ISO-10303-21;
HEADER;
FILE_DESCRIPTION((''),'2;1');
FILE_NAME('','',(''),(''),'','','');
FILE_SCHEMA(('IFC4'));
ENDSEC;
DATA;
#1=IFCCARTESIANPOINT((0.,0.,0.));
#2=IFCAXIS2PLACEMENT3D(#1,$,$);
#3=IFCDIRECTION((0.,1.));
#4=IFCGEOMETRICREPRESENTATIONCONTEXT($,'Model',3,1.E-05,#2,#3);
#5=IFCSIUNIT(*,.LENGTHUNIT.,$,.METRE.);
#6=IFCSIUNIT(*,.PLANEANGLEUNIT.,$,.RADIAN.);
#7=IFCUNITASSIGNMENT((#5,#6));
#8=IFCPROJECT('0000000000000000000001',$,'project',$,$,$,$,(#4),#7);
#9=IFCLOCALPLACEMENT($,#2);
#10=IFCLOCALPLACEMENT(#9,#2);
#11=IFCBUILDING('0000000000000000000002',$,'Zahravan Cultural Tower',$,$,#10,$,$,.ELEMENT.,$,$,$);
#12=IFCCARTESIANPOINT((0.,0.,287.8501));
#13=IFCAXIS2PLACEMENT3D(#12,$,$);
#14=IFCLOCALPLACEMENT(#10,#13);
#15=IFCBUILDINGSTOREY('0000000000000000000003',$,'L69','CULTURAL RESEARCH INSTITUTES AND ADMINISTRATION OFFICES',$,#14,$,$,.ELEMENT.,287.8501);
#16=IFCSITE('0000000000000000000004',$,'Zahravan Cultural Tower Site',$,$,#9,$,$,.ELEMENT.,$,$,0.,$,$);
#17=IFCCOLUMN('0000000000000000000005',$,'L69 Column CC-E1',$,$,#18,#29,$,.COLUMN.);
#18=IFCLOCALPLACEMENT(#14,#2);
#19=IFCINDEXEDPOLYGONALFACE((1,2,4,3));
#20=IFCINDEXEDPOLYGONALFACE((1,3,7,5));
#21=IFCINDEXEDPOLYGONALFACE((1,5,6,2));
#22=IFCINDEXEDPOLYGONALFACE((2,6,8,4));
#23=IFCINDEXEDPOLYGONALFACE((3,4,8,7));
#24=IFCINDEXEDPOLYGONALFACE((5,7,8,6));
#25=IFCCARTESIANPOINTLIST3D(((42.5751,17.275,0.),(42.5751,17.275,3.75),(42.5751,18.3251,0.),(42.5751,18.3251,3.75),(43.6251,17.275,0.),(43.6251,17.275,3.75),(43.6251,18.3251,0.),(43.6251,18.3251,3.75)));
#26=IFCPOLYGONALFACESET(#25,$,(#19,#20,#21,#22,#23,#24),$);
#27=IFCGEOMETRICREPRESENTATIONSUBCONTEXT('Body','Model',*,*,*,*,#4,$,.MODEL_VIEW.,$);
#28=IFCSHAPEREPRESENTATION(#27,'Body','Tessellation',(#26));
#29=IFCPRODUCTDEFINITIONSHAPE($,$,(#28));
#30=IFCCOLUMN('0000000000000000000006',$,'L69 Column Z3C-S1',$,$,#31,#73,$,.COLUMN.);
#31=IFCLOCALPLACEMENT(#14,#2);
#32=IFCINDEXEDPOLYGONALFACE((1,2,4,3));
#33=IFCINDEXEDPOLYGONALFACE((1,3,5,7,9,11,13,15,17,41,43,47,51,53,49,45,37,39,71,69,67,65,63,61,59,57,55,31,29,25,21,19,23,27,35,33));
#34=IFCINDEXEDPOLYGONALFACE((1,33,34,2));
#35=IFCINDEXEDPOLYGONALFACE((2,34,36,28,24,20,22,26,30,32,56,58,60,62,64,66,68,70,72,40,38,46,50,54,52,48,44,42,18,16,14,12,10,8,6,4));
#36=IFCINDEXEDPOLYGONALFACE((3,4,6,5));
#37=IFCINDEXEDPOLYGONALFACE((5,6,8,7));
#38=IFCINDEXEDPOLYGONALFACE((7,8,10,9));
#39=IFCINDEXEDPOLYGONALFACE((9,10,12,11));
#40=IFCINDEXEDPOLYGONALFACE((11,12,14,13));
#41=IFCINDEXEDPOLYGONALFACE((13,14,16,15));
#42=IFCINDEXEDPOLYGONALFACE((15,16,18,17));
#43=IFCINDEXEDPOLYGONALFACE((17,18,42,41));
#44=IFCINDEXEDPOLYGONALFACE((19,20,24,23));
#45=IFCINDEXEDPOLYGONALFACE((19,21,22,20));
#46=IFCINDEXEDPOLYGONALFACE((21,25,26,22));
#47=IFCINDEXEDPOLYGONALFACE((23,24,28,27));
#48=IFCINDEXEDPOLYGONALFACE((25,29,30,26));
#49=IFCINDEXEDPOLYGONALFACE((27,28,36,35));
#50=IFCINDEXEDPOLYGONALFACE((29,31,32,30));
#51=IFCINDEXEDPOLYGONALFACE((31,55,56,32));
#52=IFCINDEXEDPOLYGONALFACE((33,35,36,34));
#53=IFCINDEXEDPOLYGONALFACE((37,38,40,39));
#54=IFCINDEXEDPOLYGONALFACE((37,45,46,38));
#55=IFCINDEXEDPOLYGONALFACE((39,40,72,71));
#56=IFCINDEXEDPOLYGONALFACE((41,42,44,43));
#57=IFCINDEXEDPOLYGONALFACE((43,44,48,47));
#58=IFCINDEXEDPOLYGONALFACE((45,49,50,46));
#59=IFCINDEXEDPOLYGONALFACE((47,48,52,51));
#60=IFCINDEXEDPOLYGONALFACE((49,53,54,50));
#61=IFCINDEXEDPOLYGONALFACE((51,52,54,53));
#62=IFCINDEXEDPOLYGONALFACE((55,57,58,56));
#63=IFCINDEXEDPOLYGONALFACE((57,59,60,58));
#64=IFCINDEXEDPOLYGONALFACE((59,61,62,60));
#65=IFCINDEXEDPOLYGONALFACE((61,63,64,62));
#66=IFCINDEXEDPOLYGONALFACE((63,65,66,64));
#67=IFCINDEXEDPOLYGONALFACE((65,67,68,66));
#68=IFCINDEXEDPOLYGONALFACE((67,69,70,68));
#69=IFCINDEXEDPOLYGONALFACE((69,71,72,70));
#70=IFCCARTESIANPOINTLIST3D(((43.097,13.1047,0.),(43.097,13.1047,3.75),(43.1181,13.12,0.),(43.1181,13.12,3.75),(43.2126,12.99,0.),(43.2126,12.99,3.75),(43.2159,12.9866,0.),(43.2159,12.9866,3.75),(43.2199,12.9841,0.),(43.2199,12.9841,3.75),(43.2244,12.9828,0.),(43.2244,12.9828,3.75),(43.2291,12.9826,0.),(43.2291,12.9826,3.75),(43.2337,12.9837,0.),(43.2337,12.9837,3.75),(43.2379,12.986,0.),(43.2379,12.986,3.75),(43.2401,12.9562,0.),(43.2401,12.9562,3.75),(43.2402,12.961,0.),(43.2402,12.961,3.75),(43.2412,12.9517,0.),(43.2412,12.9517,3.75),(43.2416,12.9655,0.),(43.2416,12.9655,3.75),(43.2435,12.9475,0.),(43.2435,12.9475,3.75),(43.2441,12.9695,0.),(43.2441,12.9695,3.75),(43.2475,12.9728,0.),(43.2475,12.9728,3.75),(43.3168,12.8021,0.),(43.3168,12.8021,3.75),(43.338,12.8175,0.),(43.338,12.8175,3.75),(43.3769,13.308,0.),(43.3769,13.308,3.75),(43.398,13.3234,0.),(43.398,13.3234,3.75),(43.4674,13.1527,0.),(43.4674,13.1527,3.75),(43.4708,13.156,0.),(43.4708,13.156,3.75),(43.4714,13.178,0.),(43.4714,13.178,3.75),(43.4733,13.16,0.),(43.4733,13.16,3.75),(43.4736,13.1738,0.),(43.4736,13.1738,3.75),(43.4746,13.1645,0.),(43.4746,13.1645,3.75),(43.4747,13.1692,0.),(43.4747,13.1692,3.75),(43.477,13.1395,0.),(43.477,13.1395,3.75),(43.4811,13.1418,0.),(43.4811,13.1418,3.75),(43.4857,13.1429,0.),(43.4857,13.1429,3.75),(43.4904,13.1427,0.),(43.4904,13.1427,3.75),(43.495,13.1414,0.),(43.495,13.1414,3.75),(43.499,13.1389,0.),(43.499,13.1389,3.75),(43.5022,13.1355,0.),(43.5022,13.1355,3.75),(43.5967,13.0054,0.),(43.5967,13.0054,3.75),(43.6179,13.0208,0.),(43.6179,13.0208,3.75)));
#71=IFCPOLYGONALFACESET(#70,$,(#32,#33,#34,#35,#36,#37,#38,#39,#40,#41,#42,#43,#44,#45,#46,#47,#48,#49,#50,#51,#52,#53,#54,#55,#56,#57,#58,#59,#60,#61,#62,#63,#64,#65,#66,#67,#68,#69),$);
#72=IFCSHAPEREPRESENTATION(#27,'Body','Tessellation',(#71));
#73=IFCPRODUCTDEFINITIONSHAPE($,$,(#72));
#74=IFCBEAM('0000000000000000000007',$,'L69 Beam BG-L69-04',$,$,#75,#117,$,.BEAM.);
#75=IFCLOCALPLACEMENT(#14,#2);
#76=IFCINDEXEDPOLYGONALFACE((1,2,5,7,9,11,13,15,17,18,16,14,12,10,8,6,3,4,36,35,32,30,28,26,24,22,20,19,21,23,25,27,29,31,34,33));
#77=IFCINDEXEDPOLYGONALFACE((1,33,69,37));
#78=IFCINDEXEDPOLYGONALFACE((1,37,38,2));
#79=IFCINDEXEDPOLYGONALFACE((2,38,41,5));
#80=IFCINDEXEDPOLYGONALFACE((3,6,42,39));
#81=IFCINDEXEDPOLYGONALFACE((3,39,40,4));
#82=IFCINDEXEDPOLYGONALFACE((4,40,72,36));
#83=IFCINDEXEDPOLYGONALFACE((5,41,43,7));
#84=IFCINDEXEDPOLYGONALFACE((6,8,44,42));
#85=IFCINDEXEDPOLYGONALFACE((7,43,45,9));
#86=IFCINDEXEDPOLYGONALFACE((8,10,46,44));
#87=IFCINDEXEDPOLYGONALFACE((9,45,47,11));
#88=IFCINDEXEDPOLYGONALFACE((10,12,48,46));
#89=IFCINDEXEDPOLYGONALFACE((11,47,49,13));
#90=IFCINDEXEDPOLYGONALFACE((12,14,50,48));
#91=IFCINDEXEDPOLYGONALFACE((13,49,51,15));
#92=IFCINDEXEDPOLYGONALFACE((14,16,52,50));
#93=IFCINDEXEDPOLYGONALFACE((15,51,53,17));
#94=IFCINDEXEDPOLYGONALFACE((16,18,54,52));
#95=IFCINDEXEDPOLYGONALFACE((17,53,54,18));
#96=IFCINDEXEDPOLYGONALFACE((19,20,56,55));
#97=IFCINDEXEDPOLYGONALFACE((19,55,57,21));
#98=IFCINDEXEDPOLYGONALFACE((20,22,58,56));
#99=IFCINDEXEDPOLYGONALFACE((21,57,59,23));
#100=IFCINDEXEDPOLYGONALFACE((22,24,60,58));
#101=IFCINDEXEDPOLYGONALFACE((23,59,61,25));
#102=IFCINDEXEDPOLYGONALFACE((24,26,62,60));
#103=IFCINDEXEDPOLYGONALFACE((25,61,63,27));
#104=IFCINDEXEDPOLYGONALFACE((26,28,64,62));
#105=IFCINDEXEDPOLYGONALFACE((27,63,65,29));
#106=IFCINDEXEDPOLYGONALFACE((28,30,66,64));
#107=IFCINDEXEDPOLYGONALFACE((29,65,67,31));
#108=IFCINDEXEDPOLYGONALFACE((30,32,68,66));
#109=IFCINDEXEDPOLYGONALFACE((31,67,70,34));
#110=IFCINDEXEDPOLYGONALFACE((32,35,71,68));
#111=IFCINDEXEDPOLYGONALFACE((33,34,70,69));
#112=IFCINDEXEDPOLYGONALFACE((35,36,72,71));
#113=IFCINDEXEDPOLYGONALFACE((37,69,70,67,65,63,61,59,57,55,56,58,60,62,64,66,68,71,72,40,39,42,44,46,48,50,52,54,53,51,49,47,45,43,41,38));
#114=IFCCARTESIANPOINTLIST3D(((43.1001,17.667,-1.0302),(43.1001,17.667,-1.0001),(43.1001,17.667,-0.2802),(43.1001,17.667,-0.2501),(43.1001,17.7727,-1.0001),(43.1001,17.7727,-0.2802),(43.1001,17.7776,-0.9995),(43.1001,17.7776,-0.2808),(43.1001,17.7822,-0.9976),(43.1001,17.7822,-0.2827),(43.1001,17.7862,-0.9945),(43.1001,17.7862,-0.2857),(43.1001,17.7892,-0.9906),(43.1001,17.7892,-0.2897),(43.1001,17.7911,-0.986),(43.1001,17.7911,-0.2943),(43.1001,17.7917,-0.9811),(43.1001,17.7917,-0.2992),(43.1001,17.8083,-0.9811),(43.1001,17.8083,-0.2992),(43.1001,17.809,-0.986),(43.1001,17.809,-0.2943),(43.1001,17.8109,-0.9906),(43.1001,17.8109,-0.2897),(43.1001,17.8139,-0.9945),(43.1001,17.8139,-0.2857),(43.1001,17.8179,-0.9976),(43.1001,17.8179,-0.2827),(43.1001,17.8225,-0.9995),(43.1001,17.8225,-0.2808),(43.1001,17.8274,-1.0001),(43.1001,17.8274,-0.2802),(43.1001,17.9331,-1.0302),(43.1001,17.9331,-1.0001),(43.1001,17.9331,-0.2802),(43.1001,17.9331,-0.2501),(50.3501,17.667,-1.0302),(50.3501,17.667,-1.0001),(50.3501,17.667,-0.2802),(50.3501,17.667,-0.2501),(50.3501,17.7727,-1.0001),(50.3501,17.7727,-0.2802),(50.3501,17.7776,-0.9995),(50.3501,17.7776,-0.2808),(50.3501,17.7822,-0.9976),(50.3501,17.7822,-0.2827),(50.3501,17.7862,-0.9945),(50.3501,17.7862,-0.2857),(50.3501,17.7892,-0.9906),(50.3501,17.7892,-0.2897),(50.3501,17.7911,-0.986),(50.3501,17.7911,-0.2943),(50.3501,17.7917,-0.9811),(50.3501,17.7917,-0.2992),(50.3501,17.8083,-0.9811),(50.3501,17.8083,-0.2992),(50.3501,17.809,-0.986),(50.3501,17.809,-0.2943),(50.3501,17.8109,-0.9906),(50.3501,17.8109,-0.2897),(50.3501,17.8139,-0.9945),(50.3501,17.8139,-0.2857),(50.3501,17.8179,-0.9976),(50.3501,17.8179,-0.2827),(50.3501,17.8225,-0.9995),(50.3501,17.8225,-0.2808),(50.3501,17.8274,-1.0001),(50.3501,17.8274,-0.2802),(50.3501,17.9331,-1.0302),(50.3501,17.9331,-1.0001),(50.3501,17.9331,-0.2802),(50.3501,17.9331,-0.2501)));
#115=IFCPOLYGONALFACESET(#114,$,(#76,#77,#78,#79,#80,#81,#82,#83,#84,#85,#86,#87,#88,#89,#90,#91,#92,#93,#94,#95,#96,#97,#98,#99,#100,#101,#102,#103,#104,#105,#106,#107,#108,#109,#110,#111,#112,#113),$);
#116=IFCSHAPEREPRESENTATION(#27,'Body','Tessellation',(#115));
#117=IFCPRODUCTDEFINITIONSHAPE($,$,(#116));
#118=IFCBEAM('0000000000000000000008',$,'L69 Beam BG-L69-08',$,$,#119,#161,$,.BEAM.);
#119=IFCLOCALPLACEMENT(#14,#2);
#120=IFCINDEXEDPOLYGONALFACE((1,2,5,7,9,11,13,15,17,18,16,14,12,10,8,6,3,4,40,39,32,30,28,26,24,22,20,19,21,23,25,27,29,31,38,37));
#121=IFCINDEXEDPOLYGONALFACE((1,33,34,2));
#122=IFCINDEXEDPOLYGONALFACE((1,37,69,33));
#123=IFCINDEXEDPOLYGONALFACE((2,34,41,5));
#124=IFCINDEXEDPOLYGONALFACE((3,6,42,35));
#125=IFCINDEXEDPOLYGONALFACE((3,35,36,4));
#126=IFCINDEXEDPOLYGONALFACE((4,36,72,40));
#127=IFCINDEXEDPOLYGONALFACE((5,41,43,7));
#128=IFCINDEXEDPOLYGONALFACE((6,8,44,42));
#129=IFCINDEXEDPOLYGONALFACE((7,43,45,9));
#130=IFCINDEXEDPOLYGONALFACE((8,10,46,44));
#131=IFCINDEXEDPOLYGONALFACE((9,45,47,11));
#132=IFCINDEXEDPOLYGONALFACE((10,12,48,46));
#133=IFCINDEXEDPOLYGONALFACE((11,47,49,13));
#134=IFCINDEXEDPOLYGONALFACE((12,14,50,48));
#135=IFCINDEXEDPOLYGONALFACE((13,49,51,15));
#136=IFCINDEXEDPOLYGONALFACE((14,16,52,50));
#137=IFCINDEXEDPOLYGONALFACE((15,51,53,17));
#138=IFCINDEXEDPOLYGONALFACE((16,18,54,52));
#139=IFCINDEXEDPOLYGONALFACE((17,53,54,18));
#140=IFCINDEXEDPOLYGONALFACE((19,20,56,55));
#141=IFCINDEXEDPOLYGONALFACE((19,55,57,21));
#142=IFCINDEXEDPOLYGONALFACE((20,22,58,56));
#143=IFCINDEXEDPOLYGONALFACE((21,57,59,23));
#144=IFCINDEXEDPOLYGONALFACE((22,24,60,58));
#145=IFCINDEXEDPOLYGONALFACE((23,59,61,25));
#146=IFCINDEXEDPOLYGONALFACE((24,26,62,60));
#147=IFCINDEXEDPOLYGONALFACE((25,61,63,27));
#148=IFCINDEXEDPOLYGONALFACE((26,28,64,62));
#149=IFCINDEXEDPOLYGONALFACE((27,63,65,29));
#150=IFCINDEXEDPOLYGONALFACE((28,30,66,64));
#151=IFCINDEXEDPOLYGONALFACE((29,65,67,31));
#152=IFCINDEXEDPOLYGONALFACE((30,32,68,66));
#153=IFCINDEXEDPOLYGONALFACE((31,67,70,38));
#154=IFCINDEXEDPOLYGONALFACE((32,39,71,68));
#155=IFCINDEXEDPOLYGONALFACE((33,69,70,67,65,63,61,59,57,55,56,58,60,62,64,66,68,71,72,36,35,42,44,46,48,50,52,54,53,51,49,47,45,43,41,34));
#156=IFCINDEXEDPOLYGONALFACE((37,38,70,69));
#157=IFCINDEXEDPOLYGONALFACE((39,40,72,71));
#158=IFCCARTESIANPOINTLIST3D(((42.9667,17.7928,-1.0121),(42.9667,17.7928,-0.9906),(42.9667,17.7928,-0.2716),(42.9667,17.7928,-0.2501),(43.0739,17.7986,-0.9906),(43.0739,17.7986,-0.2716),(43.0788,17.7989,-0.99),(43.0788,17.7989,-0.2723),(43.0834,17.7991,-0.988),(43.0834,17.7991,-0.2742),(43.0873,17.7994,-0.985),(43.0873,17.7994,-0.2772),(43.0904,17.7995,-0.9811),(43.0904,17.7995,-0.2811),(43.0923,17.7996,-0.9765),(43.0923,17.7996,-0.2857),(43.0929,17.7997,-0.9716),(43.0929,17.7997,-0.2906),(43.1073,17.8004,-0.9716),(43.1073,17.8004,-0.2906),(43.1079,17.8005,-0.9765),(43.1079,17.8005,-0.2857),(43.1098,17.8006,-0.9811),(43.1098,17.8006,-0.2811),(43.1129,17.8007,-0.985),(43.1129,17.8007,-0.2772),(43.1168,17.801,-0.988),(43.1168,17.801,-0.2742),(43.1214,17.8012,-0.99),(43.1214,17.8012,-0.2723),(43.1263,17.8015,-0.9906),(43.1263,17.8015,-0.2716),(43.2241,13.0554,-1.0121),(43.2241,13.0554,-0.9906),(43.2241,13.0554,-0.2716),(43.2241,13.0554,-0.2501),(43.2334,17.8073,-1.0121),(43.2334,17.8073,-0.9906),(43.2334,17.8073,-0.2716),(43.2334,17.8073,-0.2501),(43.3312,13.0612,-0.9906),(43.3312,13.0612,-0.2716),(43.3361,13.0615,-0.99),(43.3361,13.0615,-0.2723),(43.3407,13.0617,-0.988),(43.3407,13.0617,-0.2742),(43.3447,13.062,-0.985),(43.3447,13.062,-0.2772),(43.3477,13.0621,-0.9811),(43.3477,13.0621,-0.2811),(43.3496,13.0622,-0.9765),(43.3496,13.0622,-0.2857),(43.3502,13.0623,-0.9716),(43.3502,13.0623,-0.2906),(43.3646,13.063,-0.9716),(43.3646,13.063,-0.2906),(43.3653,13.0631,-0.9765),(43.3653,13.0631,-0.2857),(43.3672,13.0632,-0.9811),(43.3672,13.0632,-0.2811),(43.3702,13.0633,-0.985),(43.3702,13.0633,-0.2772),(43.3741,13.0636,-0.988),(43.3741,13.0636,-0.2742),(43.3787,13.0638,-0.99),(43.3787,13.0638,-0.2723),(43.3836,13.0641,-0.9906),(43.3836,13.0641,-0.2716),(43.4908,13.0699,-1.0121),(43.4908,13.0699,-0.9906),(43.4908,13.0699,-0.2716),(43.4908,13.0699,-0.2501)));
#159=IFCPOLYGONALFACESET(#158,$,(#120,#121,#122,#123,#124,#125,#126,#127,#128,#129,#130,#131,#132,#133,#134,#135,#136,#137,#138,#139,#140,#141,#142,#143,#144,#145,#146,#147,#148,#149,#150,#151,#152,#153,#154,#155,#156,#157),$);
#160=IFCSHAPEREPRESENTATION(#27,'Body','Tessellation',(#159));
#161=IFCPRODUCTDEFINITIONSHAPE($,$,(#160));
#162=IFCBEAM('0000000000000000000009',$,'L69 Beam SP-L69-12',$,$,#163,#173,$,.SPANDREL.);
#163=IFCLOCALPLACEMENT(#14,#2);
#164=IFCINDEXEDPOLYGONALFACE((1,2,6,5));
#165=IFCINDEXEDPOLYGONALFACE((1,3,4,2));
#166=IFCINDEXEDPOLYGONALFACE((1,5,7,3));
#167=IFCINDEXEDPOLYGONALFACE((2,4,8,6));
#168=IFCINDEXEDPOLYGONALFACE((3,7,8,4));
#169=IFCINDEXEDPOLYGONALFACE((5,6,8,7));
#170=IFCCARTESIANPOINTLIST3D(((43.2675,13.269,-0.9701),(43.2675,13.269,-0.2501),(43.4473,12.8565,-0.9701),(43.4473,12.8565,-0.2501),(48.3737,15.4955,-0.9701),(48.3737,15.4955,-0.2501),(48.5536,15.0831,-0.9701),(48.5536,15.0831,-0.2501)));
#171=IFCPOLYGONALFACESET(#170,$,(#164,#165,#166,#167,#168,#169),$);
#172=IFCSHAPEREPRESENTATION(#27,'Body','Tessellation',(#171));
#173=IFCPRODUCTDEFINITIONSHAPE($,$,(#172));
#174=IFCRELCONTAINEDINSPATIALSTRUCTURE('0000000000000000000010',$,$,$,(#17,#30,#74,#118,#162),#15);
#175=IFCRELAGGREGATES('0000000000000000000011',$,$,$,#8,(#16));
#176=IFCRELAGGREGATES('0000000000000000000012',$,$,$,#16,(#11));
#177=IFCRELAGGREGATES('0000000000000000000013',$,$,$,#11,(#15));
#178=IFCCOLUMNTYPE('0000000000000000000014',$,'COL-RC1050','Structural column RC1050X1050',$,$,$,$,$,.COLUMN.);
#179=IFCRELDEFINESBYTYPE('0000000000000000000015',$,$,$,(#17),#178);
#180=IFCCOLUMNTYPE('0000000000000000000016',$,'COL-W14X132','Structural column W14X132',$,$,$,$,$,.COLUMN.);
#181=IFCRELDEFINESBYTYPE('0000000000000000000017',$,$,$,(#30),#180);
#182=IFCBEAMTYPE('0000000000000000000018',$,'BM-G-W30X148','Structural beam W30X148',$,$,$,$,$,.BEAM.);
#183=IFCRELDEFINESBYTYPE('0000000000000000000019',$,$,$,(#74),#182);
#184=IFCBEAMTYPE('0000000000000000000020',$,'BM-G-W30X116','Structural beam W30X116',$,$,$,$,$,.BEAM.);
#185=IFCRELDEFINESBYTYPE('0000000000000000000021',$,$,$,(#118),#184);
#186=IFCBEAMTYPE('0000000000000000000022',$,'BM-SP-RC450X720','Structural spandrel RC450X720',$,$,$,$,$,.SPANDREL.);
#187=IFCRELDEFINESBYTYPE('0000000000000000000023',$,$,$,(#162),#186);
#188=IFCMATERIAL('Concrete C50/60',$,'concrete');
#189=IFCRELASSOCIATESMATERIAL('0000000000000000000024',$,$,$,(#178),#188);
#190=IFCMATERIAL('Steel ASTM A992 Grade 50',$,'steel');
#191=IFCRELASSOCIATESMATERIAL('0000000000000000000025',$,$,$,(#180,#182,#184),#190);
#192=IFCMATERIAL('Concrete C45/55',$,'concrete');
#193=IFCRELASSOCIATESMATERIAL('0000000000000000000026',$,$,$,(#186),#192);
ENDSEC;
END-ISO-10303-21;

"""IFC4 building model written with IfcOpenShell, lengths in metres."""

from ifc_helpers import new_model, si_unit, direction, frame, origin, origin_2d, place, context, subcontext, project, spatial, rectangle, i_section, extrude, source, transform, mapped, material, material_profile, profile_set, type_object, element, save


model = new_model("IFC4")

# Units and contexts
model_context = context("Model", 3, precision=1e-05, world=origin(), true_north=direction((0.0, 1.0)))
body_context = subcontext(model_context, "Body", "Model", "MODEL_VIEW")
ifc_project = project(units=[si_unit("LENGTHUNIT", "METRE"), si_unit("PLANEANGLEUNIT", "RADIAN")], contexts=[model_context])

# Site, building, storey
site_placement = place(None, origin())
site = spatial("IfcSite", under=ifc_project, at=site_placement, Name="Zahravan Cultural Tower Site", CompositionType="ELEMENT", RefElevation=0.0)
building_placement = place(site_placement, origin())
building = spatial("IfcBuilding", under=site, at=building_placement, Name="Zahravan Cultural Tower", CompositionType="ELEMENT")
storey_placement = place(building_placement, frame((0.0, 0.0, 287.8501)))
storey = spatial("IfcBuildingStorey", under=building, at=storey_placement, Name="L69", Description="CULTURAL RESEARCH INSTITUTES AND ADMINISTRATION OFFICES", CompositionType="ELEMENT", Elevation=287.8501)

# Columns
ifc_material_1 = material(Name="Concrete C50/60", Category="concrete")
ifc_material_profile_1 = material_profile(ifc_material_1, rectangle(XDim=1.05, YDim=1.05, at=origin_2d()), Name="RC1050X1050")
ifc_profile_set_1 = profile_set([ifc_material_profile_1], Name="Concrete C50/60")
column_type_1 = type_object("IfcColumnType", Name="COL-RC1050", Description="Structural column RC1050X1050", PredefinedType="COLUMN", material=ifc_profile_set_1)
shared_shape_1 = source(origin(), body_context, "Body", "SweptSolid", [
    extrude(rectangle(XDim=1.05, YDim=1.05, at=origin_2d()), origin(), (0.0, 0.0, 1.0), 3.75),
])
column_1_placement = place(storey_placement, frame((43.1001, 17.8, 0.0), z_axis=(0.0, 0.0, 1.0), x_axis=(1.0, 0.0, 0.0)))
element("IfcColumn", 1, at=column_1_placement, inside=storey, type_object=column_type_1, Name="L69 Column CC-E1", PredefinedType="COLUMN", context=body_context, shape_type="MappedRepresentation", body=[
    mapped(shared_shape_1, transform((0.0, 0.0, 0.0), x_axis=(1.0, 0.0, 0.0), y_axis=(0.0, 1.0, 0.0), z_axis=(0.0, 0.0, 1.0), scale=1.0)),
])
ifc_material_2 = material(Name="Steel ASTM A992 Grade 50", Category="steel")
ifc_material_profile_2 = material_profile(ifc_material_2, i_section(OverallWidth=0.374, OverallDepth=0.3721, WebThickness=0.0164, FlangeThickness=0.0261, FilletRadius=0.0181, at=origin_2d()), Name="W14X132")
ifc_profile_set_2 = profile_set([ifc_material_profile_2], Name="Steel ASTM A992 Grade 50")
column_type_2 = type_object("IfcColumnType", Name="COL-W14X132", Description="Structural column W14X132", PredefinedType="COLUMN", material=ifc_profile_set_2)
shared_shape_2 = source(origin(), body_context, "Body", "SweptSolid", [
    extrude(i_section(OverallWidth=0.374, OverallDepth=0.3721, WebThickness=0.0164, FlangeThickness=0.0261, FilletRadius=0.0181, at=origin_2d()), origin(), (0.0, 0.0, 1.0), 3.75),
])
column_2_placement = place(storey_placement, frame((43.3574, 13.0627, 0.0), z_axis=(0.0, 0.0, 1.0), x_axis=(-0.587785, 0.809017, 0.0)))
element("IfcColumn", 2, at=column_2_placement, inside=storey, type_object=column_type_2, Name="L69 Column Z3C-S1", PredefinedType="COLUMN", context=body_context, shape_type="MappedRepresentation", body=[
    mapped(shared_shape_2, transform((0.0, 0.0, 0.0), x_axis=(1.0, 0.0, 0.0), y_axis=(0.0, 1.0, 0.0), z_axis=(0.0, 0.0, 1.0), scale=1.0)),
])

# Beams
ifc_material_profile_3 = material_profile(ifc_material_2, i_section(OverallWidth=0.2661, OverallDepth=0.78, WebThickness=0.0166, FlangeThickness=0.03, FilletRadius=0.019, at=origin_2d()), Name="W30X148")
ifc_profile_set_3 = profile_set([ifc_material_profile_3], Name="Steel ASTM A992 Grade 50")
beam_type_1 = type_object("IfcBeamType", Name="BM-G-W30X148", Description="Structural beam W30X148", PredefinedType="BEAM", material=ifc_profile_set_3)
shared_shape_3 = source(origin(), body_context, "Body", "SweptSolid", [
    extrude(i_section(OverallWidth=0.2661, OverallDepth=0.78, WebThickness=0.0166, FlangeThickness=0.03, FilletRadius=0.019, at=origin_2d()), origin(), (0.0, 0.0, 1.0), 7.25),
])
beam_1_placement = place(storey_placement, frame((43.1001, 17.8, -0.6401), z_axis=(1.0, 0.0, 0.0), x_axis=(0.0, 1.0, 0.0)))
element("IfcBeam", 3, at=beam_1_placement, inside=storey, type_object=beam_type_1, Name="L69 Beam BG-L69-04", PredefinedType="BEAM", context=body_context, shape_type="MappedRepresentation", body=[
    mapped(shared_shape_3, transform((0.0, 0.0, 0.0), x_axis=(1.0, 0.0, 0.0), y_axis=(0.0, 1.0, 0.0), z_axis=(0.0, 0.0, 1.0), scale=1.0)),
])
ifc_material_profile_4 = material_profile(ifc_material_2, i_section(OverallWidth=0.2671, OverallDepth=0.762, WebThickness=0.0144, FlangeThickness=0.0215, FilletRadius=0.019, at=origin_2d()), Name="W30X116")
ifc_profile_set_4 = profile_set([ifc_material_profile_4], Name="Steel ASTM A992 Grade 50")
beam_type_2 = type_object("IfcBeamType", Name="BM-G-W30X116", Description="Structural beam W30X116", PredefinedType="BEAM", material=ifc_profile_set_4)
shared_shape_4 = source(origin(), body_context, "Body", "SweptSolid", [
    extrude(i_section(OverallWidth=0.2671, OverallDepth=0.762, WebThickness=0.0144, FlangeThickness=0.0215, FilletRadius=0.019, at=origin_2d()), origin(), (0.0, 0.0, 1.0), 4.7444),
])
beam_2_placement = place(storey_placement, frame((43.1001, 17.8, -0.6311), z_axis=(0.054239, -0.998528, 0.0), x_axis=(0.998528, 0.054239, 0.0)))
element("IfcBeam", 4, at=beam_2_placement, inside=storey, type_object=beam_type_2, Name="L69 Beam BG-L69-08", PredefinedType="BEAM", context=body_context, shape_type="MappedRepresentation", body=[
    mapped(shared_shape_4, transform((0.0, 0.0, 0.0), x_axis=(1.0, 0.0, 0.0), y_axis=(0.0, 1.0, 0.0), z_axis=(0.0, 0.0, 1.0), scale=1.0)),
])
ifc_material_3 = material(Name="Concrete C45/55", Category="concrete")
ifc_material_profile_5 = material_profile(ifc_material_3, rectangle(XDim=0.45, YDim=0.72, at=origin_2d()), Name="RC450X720")
ifc_profile_set_5 = profile_set([ifc_material_profile_5], Name="Concrete C45/55")
beam_type_3 = type_object("IfcBeamType", Name="BM-SP-RC450X720", Description="Structural spandrel RC450X720", PredefinedType="SPANDREL", material=ifc_profile_set_5)
shared_shape_5 = source(origin(), body_context, "Body", "SweptSolid", [
    extrude(rectangle(XDim=0.45, YDim=0.72, at=origin_2d()), origin(), (0.0, 0.0, 1.0), 5.5706),
])
beam_3_placement = place(storey_placement, frame((43.3574, 13.0627, -0.6101), z_axis=(0.916645, 0.399703, 0.0), x_axis=(-0.399703, 0.916645, 0.0)))
element("IfcBeam", 5, at=beam_3_placement, inside=storey, type_object=beam_type_3, Name="L69 Beam SP-L69-12", PredefinedType="SPANDREL", context=body_context, shape_type="MappedRepresentation", body=[
    mapped(shared_shape_5, transform((0.0, 0.0, 0.0), x_axis=(1.0, 0.0, 0.0), y_axis=(0.0, 1.0, 0.0), z_axis=(0.0, 0.0, 1.0), scale=1.0)),
])

save(model, "model.ifc")
